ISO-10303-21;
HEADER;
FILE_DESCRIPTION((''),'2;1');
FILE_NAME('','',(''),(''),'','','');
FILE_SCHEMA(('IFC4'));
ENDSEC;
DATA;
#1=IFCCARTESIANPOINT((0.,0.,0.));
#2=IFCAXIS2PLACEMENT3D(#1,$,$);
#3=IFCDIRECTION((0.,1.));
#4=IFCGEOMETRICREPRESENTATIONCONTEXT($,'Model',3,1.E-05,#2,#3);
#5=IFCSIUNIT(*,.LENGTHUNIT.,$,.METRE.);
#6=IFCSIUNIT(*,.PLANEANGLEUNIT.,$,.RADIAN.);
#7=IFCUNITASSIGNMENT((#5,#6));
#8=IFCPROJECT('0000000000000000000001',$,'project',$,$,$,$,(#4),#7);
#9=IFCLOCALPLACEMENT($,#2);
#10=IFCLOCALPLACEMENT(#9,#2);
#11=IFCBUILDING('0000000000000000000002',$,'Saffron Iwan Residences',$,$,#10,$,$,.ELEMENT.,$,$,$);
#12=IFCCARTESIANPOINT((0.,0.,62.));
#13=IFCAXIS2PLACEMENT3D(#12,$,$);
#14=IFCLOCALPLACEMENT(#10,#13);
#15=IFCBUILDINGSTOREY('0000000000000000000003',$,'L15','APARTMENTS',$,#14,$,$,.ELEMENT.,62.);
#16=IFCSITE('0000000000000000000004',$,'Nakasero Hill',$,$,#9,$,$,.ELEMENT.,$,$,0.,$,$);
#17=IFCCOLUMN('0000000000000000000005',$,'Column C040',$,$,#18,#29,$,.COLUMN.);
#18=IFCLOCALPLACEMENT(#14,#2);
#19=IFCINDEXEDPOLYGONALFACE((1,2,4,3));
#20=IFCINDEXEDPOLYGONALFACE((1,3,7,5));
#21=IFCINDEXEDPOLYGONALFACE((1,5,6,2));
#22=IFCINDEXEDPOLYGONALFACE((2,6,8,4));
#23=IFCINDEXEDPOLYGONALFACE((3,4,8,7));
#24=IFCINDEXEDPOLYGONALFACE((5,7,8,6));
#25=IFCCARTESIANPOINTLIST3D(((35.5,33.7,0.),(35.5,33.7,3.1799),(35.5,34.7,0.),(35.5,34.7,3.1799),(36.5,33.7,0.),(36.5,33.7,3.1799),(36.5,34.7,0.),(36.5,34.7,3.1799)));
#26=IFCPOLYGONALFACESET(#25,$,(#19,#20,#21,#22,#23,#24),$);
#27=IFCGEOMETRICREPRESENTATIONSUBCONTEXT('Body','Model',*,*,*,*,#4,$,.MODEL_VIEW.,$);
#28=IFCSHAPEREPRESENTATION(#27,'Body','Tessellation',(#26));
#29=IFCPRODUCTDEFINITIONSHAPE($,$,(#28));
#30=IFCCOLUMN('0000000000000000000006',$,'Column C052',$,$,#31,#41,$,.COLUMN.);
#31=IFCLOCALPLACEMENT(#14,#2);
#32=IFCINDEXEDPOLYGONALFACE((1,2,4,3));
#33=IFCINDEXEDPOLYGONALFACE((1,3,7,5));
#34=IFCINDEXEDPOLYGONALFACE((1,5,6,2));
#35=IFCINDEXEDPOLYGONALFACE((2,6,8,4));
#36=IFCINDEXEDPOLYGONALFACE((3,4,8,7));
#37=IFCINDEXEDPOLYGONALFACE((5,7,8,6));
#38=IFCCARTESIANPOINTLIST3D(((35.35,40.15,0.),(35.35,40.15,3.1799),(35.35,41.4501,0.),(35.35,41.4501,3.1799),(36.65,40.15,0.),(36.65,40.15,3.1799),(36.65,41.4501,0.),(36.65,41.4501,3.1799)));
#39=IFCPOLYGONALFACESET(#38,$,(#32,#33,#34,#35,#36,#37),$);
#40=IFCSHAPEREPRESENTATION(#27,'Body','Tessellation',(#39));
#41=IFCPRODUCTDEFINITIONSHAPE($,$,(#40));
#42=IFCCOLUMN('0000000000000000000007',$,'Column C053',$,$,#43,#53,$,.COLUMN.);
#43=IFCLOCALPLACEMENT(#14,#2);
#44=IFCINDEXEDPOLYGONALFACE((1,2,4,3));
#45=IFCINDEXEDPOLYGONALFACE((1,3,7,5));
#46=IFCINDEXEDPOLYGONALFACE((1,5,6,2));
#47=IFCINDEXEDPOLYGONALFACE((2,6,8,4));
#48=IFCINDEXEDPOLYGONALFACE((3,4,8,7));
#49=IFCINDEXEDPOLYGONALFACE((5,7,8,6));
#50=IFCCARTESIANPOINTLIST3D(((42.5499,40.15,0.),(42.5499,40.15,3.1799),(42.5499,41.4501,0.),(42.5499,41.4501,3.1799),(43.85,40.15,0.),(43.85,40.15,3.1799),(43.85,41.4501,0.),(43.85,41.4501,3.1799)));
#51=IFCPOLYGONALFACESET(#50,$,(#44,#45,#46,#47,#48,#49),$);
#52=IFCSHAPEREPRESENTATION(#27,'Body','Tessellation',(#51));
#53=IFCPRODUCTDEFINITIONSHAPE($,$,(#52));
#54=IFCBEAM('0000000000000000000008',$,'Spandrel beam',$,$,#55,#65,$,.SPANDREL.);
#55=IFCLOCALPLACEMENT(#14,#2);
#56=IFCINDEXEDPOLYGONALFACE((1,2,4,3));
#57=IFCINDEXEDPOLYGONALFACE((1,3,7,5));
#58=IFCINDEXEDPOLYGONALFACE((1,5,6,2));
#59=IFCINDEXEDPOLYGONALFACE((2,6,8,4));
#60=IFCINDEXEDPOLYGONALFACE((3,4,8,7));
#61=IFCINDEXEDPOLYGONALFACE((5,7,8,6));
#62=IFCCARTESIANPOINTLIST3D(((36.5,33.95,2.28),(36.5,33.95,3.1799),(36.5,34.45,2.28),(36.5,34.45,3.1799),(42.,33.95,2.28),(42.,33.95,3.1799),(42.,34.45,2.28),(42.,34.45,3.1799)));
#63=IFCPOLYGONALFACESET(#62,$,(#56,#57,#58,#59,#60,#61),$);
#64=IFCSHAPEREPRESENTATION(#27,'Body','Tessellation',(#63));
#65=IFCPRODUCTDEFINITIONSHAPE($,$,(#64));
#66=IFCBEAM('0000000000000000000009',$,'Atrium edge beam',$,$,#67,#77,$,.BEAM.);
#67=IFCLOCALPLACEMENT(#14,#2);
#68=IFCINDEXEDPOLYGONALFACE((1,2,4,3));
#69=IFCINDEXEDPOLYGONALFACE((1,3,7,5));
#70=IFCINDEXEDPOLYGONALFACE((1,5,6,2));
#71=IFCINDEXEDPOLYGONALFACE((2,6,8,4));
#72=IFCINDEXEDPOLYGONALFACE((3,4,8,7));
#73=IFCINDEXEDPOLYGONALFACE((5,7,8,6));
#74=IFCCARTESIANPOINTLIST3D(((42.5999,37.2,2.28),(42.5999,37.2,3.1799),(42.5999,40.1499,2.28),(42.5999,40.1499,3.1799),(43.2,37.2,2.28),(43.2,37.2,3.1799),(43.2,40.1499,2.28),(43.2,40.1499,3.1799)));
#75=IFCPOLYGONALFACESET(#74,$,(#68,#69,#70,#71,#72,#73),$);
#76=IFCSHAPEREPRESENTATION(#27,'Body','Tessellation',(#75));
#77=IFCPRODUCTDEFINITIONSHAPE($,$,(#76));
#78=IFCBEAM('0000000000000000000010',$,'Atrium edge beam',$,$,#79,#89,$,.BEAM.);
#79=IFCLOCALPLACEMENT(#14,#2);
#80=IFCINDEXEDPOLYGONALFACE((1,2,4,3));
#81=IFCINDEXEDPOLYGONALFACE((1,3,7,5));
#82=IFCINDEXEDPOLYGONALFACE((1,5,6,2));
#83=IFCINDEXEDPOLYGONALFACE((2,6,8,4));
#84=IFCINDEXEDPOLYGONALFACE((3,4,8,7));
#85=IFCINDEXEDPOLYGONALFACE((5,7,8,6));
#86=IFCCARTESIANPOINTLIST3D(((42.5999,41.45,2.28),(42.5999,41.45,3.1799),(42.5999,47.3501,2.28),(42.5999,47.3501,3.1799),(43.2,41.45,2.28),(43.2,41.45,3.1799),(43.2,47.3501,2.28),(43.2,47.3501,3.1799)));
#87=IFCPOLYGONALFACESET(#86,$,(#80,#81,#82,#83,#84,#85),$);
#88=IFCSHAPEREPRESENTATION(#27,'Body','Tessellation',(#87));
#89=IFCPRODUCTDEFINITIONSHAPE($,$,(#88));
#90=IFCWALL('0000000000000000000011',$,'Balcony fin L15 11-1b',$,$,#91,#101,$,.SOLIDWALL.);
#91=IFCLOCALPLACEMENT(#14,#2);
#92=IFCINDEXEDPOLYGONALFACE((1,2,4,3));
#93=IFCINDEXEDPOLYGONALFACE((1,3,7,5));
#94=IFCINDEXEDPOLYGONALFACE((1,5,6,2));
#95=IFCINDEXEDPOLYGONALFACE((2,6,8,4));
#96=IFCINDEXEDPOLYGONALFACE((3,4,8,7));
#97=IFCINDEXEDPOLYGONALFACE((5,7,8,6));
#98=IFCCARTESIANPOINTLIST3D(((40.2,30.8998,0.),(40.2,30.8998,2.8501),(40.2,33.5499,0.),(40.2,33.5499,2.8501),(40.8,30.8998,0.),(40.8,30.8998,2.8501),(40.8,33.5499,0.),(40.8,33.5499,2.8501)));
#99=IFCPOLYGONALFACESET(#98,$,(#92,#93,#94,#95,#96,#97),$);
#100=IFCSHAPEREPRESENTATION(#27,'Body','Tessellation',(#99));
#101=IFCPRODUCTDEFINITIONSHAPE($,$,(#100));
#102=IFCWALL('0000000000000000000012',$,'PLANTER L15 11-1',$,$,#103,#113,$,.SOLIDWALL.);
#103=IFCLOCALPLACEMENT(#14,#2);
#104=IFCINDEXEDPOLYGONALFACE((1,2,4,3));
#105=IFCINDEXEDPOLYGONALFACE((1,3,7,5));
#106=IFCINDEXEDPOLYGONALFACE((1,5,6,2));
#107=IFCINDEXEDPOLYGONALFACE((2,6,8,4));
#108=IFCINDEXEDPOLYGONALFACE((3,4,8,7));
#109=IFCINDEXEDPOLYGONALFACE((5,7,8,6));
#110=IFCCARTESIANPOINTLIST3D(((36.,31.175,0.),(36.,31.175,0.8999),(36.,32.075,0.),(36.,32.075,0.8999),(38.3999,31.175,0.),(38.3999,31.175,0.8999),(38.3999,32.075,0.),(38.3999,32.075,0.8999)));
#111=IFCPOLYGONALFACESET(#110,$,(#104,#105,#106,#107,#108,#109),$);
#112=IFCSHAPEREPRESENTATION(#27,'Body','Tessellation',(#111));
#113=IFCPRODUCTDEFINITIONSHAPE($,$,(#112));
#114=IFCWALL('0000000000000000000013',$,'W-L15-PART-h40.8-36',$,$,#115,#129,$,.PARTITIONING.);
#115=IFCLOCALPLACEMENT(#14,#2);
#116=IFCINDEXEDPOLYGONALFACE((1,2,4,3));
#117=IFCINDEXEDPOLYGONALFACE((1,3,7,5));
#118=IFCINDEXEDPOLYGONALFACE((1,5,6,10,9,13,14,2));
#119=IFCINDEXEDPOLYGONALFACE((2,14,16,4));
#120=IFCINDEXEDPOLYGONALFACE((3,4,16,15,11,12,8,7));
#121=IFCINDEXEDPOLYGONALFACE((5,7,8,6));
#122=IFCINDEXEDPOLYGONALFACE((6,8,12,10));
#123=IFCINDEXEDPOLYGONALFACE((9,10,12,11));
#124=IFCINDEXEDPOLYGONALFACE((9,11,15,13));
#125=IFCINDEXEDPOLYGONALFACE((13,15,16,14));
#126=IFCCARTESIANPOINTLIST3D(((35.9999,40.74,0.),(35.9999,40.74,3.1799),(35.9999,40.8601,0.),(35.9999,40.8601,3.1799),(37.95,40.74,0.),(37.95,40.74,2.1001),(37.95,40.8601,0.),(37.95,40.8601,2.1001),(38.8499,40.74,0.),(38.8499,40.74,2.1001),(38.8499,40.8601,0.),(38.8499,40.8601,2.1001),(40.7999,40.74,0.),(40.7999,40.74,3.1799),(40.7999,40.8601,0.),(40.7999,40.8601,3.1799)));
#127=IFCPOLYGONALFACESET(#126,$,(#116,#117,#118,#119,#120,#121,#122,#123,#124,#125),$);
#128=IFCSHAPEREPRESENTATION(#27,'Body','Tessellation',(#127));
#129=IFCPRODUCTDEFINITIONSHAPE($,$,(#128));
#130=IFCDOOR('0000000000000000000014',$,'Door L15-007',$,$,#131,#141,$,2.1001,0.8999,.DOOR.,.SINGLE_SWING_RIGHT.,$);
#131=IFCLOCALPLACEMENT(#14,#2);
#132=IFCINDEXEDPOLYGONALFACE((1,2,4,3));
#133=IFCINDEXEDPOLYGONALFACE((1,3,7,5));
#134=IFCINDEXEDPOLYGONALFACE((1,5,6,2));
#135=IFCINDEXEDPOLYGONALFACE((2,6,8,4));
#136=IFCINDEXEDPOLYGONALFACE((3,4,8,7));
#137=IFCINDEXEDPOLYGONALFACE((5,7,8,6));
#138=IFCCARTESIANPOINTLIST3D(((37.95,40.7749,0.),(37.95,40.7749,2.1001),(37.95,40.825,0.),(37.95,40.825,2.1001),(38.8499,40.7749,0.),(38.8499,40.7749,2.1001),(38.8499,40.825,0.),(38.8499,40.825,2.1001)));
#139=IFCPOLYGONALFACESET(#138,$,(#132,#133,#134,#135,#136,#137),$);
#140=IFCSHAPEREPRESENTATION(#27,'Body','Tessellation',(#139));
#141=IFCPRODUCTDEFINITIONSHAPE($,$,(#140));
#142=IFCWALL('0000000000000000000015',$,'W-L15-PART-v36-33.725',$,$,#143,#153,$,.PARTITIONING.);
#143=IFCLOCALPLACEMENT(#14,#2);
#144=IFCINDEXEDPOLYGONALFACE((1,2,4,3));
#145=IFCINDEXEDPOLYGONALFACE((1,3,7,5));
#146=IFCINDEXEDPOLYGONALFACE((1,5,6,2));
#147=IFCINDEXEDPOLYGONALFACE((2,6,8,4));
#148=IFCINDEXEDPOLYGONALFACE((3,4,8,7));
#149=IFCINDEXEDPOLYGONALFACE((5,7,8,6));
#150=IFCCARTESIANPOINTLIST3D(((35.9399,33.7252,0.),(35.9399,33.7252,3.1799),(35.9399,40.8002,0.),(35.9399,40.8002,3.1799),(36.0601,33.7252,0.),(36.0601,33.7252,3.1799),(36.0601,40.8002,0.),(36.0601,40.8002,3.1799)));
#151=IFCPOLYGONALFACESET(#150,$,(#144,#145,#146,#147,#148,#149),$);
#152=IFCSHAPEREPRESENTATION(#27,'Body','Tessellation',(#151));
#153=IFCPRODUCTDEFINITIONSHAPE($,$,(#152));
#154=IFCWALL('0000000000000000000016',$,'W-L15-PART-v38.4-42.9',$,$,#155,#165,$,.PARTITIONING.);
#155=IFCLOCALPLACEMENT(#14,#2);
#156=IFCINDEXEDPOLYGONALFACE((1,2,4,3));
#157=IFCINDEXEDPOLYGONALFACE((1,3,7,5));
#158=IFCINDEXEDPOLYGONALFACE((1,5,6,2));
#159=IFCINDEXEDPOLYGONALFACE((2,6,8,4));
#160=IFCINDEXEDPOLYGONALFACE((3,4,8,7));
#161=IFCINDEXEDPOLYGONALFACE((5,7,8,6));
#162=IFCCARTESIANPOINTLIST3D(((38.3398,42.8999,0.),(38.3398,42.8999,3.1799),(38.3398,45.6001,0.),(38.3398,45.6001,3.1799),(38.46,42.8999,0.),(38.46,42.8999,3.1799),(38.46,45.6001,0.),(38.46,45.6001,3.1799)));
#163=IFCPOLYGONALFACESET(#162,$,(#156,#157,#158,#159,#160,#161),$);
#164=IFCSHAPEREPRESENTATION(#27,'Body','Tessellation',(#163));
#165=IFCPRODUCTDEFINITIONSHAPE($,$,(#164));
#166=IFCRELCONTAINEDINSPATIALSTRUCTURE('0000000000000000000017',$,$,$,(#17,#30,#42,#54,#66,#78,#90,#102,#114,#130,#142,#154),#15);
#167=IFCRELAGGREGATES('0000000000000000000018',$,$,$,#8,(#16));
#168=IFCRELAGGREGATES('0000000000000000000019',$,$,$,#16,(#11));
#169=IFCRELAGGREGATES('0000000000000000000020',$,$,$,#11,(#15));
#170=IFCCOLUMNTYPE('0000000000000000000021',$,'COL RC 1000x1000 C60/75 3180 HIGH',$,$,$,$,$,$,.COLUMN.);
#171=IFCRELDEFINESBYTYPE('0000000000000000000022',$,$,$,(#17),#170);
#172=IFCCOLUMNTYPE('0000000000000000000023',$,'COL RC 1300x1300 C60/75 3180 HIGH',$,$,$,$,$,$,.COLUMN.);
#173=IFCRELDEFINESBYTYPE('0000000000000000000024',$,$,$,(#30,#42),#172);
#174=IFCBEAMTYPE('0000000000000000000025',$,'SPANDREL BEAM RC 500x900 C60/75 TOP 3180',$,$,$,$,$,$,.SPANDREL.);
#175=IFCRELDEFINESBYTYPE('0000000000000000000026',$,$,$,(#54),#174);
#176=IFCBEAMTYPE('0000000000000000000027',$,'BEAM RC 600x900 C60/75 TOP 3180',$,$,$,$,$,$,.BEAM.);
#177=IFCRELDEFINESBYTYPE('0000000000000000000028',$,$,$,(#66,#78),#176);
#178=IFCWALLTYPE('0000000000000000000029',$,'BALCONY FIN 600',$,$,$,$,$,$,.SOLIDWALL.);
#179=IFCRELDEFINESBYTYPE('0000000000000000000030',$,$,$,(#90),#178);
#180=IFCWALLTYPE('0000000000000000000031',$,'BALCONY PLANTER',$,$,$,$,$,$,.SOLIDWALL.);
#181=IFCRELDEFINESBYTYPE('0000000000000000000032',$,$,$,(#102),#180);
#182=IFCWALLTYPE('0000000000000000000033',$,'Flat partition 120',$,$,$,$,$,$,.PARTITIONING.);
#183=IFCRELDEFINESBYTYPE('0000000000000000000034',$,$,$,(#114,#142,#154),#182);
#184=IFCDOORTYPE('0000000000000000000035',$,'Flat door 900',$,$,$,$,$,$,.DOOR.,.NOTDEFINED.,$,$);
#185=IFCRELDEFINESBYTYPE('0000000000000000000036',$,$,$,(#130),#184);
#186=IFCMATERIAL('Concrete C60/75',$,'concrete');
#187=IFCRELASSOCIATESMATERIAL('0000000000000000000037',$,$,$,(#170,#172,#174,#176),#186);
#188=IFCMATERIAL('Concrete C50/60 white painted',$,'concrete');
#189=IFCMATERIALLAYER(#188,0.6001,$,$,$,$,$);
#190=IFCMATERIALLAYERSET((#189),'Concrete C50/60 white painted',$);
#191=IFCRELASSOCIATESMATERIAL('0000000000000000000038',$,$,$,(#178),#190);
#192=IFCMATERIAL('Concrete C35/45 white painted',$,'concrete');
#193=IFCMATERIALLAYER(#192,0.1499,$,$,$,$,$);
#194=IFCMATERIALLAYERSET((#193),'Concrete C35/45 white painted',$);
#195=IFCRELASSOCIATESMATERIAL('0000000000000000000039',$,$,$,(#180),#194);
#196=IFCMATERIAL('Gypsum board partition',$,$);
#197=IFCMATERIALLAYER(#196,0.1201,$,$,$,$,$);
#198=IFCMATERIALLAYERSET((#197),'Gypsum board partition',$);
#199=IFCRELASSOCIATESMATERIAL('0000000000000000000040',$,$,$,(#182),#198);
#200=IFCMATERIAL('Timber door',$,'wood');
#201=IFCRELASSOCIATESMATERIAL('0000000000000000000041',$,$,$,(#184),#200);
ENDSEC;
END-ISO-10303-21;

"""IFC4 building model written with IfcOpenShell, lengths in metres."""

from ifc_helpers import new_model, si_unit, direction, frame, frame_2d, origin, origin_2d, place, context, subcontext, project, spatial, rectangle, extrude, source, transform, mapped, material, layer, layer_set, material_profile, profile_set, type_object, element, fill, save


model = new_model("IFC4")

# Units and contexts
model_context = context("Model", 3, precision=1e-05, world=origin(), true_north=direction((0.0, 1.0)))
body_context = subcontext(model_context, "Body", "Model", "MODEL_VIEW")
ifc_project = project(units=[si_unit("LENGTHUNIT", "METRE"), si_unit("PLANEANGLEUNIT", "RADIAN")], contexts=[model_context])

# Site, building, storey
site_placement = place(None, origin())
site = spatial("IfcSite", under=ifc_project, at=site_placement, Name="Nakasero Hill", CompositionType="ELEMENT", RefElevation=0.0)
building_placement = place(site_placement, origin())
building = spatial("IfcBuilding", under=site, at=building_placement, Name="Saffron Iwan Residences", CompositionType="ELEMENT")
storey_placement = place(building_placement, frame((0.0, 0.0, 62.0)))
storey = spatial("IfcBuildingStorey", under=building, at=storey_placement, Name="L15", Description="APARTMENTS", CompositionType="ELEMENT", Elevation=62.0)

# Columns
ifc_material_1 = material(Name="Concrete C60/75", Category="concrete")
ifc_material_profile_1 = material_profile(ifc_material_1, rectangle(XDim=1.0, YDim=1.0, at=origin_2d()), Name="RC 1000x1000")
ifc_profile_set_1 = profile_set([ifc_material_profile_1], Name="Concrete C60/75")
column_type_1 = type_object("IfcColumnType", Name="COL RC 1000x1000 C60/75 3180 HIGH", PredefinedType="COLUMN", material=ifc_profile_set_1)
shared_shape_1 = source(origin(), body_context, "Body", "SweptSolid", [
    extrude(rectangle(XDim=1.0, YDim=1.0, at=origin_2d()), origin(), (0.0, 0.0, 1.0), 3.1799),
])
column_placement = place(storey_placement, frame((36.0, 34.2, 0.0), z_axis=(0.0, 0.0, 1.0), x_axis=(1.0, 0.0, 0.0)))
element("IfcColumn", 1, at=column_placement, inside=storey, type_object=column_type_1, Name="Column C040", PredefinedType="COLUMN", context=body_context, shape_type="MappedRepresentation", body=[
    mapped(shared_shape_1, transform((0.0, 0.0, 0.0))),
])
ifc_material_profile_2 = material_profile(ifc_material_1, rectangle(XDim=1.3, YDim=1.3, at=origin_2d()), Name="RC 1300x1300")
ifc_profile_set_2 = profile_set([ifc_material_profile_2], Name="Concrete C60/75")
column_type_2 = type_object("IfcColumnType", Name="COL RC 1300x1300 C60/75 3180 HIGH", PredefinedType="COLUMN", material=ifc_profile_set_2)
shared_shape_2 = source(origin(), body_context, "Body", "SweptSolid", [
    extrude(rectangle(XDim=1.3, YDim=1.3, at=origin_2d()), origin(), (0.0, 0.0, 1.0), 3.1799),
])
for number, where, z_axis, x_axis, name in (
    (2, (36.0, 40.8, 0.0), (0.0, 0.0, 1.0), (1.0, 0.0, 0.0), "Column C052"),
    (3, (43.2, 40.8, 0.0), (0.0, 0.0, 1.0), (1.0, 0.0, 0.0), "Column C053"),
):
    element("IfcColumn", number, at=place(storey_placement, frame(where, z_axis=z_axis, x_axis=x_axis)), inside=storey, type_object=column_type_2, Name=name, PredefinedType="COLUMN", context=body_context, shape_type="MappedRepresentation", body=[
        mapped(shared_shape_2, transform((0.0, 0.0, 0.0))),
    ])

# Beams
ifc_material_profile_3 = material_profile(ifc_material_1, rectangle(XDim=0.5, YDim=0.8999, at=origin_2d()), Name="RC 500x900")
ifc_profile_set_3 = profile_set([ifc_material_profile_3], Name="Concrete C60/75")
beam_type_1 = type_object("IfcBeamType", Name="SPANDREL BEAM RC 500x900 C60/75 TOP 3180", PredefinedType="SPANDREL", material=ifc_profile_set_3)
shared_shape_3 = source(origin(), body_context, "Body", "SweptSolid", [
    extrude(rectangle(XDim=0.5, YDim=0.8999, at=origin_2d()), origin(), (0.0, 0.0, 1.0), 5.5),
])
beam_1_placement = place(storey_placement, frame((42.0, 34.2, 2.73), z_axis=(-1.0, 0.0, 0.0), x_axis=(0.0, -1.0, 0.0)))
element("IfcBeam", 4, at=beam_1_placement, inside=storey, type_object=beam_type_1, Name="Spandrel beam", PredefinedType="SPANDREL", context=body_context, shape_type="MappedRepresentation", body=[
    mapped(shared_shape_3, transform((0.0, 0.0, 0.0))),
])
ifc_material_profile_4 = material_profile(ifc_material_1, rectangle(XDim=0.6001, YDim=0.8999, at=origin_2d()), Name="RC 600x900")
ifc_profile_set_4 = profile_set([ifc_material_profile_4], Name="Concrete C60/75")
beam_type_2 = type_object("IfcBeamType", Name="BEAM RC 600x900 C60/75 TOP 3180", PredefinedType="BEAM", material=ifc_profile_set_4)
shared_shape_4 = source(origin(), body_context, "Body", "SweptSolid", [
    extrude(rectangle(XDim=0.6001, YDim=0.8999, at=origin_2d()), origin(), (0.0, 0.0, 1.0), 2.95),
])
beam_2_placement = place(storey_placement, frame((42.8999, 37.2, 2.73), z_axis=(0.0, 1.0, 0.0), x_axis=(-1.0, 0.0, 0.0)))
element("IfcBeam", 5, at=beam_2_placement, inside=storey, type_object=beam_type_2, Name="Atrium edge beam", PredefinedType="BEAM", context=body_context, shape_type="MappedRepresentation", body=[
    mapped(shared_shape_4, transform((0.0, 0.0, 0.0))),
])
shared_shape_5 = source(origin(), body_context, "Body", "SweptSolid", [
    extrude(rectangle(XDim=0.6001, YDim=0.8999, at=origin_2d()), origin(), (0.0, 0.0, 1.0), 5.9001),
])
beam_3_placement = place(storey_placement, frame((42.8999, 41.45, 2.73), z_axis=(0.0, 1.0, 0.0), x_axis=(-1.0, 0.0, 0.0)))
element("IfcBeam", 6, at=beam_3_placement, inside=storey, type_object=beam_type_2, Name="Atrium edge beam", PredefinedType="BEAM", context=body_context, shape_type="MappedRepresentation", body=[
    mapped(shared_shape_5, transform((0.0, 0.0, 0.0))),
])

# Walls
ifc_material_2 = material(Name="Concrete C50/60 white painted", Category="concrete")
ifc_layer_1 = layer(ifc_material_2, 0.6001)
ifc_layer_set_1 = layer_set([ifc_layer_1], Name="Concrete C50/60 white painted")
wall_type_1 = type_object("IfcWallType", Name="BALCONY FIN 600", PredefinedType="SOLIDWALL", material=ifc_layer_set_1)
wall_1_placement = place(storey_placement, frame((40.5, 33.55, 0.0), z_axis=(0.0, 0.0, 1.0), x_axis=(0.0, -1.0, 0.0)))
element("IfcWall", 7, at=wall_1_placement, inside=storey, type_object=wall_type_1, Name="Balcony fin L15 11-1b", PredefinedType="SOLIDWALL", context=body_context, shape_type="SweptSolid", body=[
    extrude(rectangle(XDim=2.6501, YDim=0.6001, at=frame_2d((1.3252, 0.0))), origin(), (0.0, 0.0, 1.0), 2.8501),
])
ifc_material_3 = material(Name="Concrete C35/45 white painted", Category="concrete")
ifc_layer_2 = layer(ifc_material_3, 0.1499)
ifc_layer_set_2 = layer_set([ifc_layer_2], Name="Concrete C35/45 white painted")
wall_type_2 = type_object("IfcWallType", Name="BALCONY PLANTER", PredefinedType="SOLIDWALL", material=ifc_layer_set_2)
wall_2_placement = place(storey_placement, frame((36.0, 31.625, 0.0), z_axis=(0.0, 0.0, 1.0), x_axis=(1.0, 0.0, 0.0)))
element("IfcWall", 8, at=wall_2_placement, inside=storey, type_object=wall_type_2, Name="PLANTER L15 11-1", PredefinedType="SOLIDWALL", context=body_context, shape_type="SweptSolid", body=[
    extrude(rectangle(XDim=2.3999, YDim=0.8999, at=frame_2d((1.2, 0.0))), origin(), (0.0, 0.0, 1.0), 0.8999),
])

# Wall, opening, door
ifc_material_4 = material(Name="Gypsum board partition")
ifc_layer_3 = layer(ifc_material_4, 0.1201)
ifc_layer_set_3 = layer_set([ifc_layer_3], Name="Gypsum board partition")
wall_type_3 = type_object("IfcWallType", Name="Flat partition 120", PredefinedType="PARTITIONING", material=ifc_layer_set_3)
wall_3_placement = place(storey_placement, frame((36.0, 40.8, 0.0), z_axis=(0.0, 0.0, 1.0), x_axis=(1.0, 0.0, 0.0)))
wall_3 = element("IfcWall", 9, at=wall_3_placement, inside=storey, type_object=wall_type_3, Name="W-L15-PART-h40.8-36", PredefinedType="PARTITIONING", context=body_context, shape_type="SweptSolid", body=[
    extrude(rectangle(XDim=4.8, YDim=0.1201, at=frame_2d((2.3999, 0.0))), origin(), (0.0, 0.0, 1.0), 3.1799),
])
opening_1_placement = place(wall_3_placement, frame((1.95, 0.0, 0.0)))
opening_1 = element("IfcOpeningElement", 10, at=opening_1_placement, cuts=wall_3, PredefinedType="OPENING", context=body_context, shape_type="SweptSolid", body=[
    extrude(rectangle(XDim=0.8999, YDim=2.1001, at=frame_2d((0.45, 1.05))), frame((0.0, 0.0701, 0.0), z_axis=(0.0, -1.0, 0.0), x_axis=(1.0, 0.0, 0.0)), (0.0, 0.0, 1.0), 0.1401),
])
ifc_material_5 = material(Name="Timber door", Category="wood")
door_type_1 = type_object("IfcDoorType", Name="Flat door 900", OperationType="NOTDEFINED", PredefinedType="DOOR", material=ifc_material_5)
door_1_placement = place(opening_1_placement, origin())
door_1 = element("IfcDoor", 11, at=door_1_placement, inside=storey, type_object=door_type_1, Name="Door L15-007", OperationType="SINGLE_SWING_RIGHT", OverallHeight=2.1001, OverallWidth=0.8999, PredefinedType="DOOR", context=body_context, shape_type="SweptSolid", body=[
    extrude(rectangle(XDim=0.8999, YDim=2.1001, at=frame_2d((0.45, 1.05))), frame((0.0, 0.0249, 0.0), z_axis=(0.0, -1.0, 0.0), x_axis=(1.0, 0.0, 0.0)), (0.0, 0.0, 1.0), 0.05),
])
fill(opening_1, door_1)

# Walls
wall_4_placement = place(storey_placement, frame((36.0, 33.7251, 0.0), z_axis=(0.0, 0.0, 1.0), x_axis=(0.0, 1.0, 0.0)))
element("IfcWall", 12, at=wall_4_placement, inside=storey, type_object=wall_type_3, Name="W-L15-PART-v36-33.725", PredefinedType="PARTITIONING", context=body_context, shape_type="SweptSolid", body=[
    extrude(rectangle(XDim=7.075, YDim=0.1201, at=frame_2d((3.5376, 0.0))), origin(), (0.0, 0.0, 1.0), 3.1799),
])
wall_5_placement = place(storey_placement, frame((38.3999, 42.8999, 0.0), z_axis=(0.0, 0.0, 1.0), x_axis=(0.0, 1.0, 0.0)))
element("IfcWall", 13, at=wall_5_placement, inside=storey, type_object=wall_type_3, Name="W-L15-PART-v38.4-42.9", PredefinedType="PARTITIONING", context=body_context, shape_type="SweptSolid", body=[
    extrude(rectangle(XDim=2.7002, YDim=0.1201, at=frame_2d((1.3501, 0.0))), origin(), (0.0, 0.0, 1.0), 3.1799),
])

save(model, "model.ifc")
